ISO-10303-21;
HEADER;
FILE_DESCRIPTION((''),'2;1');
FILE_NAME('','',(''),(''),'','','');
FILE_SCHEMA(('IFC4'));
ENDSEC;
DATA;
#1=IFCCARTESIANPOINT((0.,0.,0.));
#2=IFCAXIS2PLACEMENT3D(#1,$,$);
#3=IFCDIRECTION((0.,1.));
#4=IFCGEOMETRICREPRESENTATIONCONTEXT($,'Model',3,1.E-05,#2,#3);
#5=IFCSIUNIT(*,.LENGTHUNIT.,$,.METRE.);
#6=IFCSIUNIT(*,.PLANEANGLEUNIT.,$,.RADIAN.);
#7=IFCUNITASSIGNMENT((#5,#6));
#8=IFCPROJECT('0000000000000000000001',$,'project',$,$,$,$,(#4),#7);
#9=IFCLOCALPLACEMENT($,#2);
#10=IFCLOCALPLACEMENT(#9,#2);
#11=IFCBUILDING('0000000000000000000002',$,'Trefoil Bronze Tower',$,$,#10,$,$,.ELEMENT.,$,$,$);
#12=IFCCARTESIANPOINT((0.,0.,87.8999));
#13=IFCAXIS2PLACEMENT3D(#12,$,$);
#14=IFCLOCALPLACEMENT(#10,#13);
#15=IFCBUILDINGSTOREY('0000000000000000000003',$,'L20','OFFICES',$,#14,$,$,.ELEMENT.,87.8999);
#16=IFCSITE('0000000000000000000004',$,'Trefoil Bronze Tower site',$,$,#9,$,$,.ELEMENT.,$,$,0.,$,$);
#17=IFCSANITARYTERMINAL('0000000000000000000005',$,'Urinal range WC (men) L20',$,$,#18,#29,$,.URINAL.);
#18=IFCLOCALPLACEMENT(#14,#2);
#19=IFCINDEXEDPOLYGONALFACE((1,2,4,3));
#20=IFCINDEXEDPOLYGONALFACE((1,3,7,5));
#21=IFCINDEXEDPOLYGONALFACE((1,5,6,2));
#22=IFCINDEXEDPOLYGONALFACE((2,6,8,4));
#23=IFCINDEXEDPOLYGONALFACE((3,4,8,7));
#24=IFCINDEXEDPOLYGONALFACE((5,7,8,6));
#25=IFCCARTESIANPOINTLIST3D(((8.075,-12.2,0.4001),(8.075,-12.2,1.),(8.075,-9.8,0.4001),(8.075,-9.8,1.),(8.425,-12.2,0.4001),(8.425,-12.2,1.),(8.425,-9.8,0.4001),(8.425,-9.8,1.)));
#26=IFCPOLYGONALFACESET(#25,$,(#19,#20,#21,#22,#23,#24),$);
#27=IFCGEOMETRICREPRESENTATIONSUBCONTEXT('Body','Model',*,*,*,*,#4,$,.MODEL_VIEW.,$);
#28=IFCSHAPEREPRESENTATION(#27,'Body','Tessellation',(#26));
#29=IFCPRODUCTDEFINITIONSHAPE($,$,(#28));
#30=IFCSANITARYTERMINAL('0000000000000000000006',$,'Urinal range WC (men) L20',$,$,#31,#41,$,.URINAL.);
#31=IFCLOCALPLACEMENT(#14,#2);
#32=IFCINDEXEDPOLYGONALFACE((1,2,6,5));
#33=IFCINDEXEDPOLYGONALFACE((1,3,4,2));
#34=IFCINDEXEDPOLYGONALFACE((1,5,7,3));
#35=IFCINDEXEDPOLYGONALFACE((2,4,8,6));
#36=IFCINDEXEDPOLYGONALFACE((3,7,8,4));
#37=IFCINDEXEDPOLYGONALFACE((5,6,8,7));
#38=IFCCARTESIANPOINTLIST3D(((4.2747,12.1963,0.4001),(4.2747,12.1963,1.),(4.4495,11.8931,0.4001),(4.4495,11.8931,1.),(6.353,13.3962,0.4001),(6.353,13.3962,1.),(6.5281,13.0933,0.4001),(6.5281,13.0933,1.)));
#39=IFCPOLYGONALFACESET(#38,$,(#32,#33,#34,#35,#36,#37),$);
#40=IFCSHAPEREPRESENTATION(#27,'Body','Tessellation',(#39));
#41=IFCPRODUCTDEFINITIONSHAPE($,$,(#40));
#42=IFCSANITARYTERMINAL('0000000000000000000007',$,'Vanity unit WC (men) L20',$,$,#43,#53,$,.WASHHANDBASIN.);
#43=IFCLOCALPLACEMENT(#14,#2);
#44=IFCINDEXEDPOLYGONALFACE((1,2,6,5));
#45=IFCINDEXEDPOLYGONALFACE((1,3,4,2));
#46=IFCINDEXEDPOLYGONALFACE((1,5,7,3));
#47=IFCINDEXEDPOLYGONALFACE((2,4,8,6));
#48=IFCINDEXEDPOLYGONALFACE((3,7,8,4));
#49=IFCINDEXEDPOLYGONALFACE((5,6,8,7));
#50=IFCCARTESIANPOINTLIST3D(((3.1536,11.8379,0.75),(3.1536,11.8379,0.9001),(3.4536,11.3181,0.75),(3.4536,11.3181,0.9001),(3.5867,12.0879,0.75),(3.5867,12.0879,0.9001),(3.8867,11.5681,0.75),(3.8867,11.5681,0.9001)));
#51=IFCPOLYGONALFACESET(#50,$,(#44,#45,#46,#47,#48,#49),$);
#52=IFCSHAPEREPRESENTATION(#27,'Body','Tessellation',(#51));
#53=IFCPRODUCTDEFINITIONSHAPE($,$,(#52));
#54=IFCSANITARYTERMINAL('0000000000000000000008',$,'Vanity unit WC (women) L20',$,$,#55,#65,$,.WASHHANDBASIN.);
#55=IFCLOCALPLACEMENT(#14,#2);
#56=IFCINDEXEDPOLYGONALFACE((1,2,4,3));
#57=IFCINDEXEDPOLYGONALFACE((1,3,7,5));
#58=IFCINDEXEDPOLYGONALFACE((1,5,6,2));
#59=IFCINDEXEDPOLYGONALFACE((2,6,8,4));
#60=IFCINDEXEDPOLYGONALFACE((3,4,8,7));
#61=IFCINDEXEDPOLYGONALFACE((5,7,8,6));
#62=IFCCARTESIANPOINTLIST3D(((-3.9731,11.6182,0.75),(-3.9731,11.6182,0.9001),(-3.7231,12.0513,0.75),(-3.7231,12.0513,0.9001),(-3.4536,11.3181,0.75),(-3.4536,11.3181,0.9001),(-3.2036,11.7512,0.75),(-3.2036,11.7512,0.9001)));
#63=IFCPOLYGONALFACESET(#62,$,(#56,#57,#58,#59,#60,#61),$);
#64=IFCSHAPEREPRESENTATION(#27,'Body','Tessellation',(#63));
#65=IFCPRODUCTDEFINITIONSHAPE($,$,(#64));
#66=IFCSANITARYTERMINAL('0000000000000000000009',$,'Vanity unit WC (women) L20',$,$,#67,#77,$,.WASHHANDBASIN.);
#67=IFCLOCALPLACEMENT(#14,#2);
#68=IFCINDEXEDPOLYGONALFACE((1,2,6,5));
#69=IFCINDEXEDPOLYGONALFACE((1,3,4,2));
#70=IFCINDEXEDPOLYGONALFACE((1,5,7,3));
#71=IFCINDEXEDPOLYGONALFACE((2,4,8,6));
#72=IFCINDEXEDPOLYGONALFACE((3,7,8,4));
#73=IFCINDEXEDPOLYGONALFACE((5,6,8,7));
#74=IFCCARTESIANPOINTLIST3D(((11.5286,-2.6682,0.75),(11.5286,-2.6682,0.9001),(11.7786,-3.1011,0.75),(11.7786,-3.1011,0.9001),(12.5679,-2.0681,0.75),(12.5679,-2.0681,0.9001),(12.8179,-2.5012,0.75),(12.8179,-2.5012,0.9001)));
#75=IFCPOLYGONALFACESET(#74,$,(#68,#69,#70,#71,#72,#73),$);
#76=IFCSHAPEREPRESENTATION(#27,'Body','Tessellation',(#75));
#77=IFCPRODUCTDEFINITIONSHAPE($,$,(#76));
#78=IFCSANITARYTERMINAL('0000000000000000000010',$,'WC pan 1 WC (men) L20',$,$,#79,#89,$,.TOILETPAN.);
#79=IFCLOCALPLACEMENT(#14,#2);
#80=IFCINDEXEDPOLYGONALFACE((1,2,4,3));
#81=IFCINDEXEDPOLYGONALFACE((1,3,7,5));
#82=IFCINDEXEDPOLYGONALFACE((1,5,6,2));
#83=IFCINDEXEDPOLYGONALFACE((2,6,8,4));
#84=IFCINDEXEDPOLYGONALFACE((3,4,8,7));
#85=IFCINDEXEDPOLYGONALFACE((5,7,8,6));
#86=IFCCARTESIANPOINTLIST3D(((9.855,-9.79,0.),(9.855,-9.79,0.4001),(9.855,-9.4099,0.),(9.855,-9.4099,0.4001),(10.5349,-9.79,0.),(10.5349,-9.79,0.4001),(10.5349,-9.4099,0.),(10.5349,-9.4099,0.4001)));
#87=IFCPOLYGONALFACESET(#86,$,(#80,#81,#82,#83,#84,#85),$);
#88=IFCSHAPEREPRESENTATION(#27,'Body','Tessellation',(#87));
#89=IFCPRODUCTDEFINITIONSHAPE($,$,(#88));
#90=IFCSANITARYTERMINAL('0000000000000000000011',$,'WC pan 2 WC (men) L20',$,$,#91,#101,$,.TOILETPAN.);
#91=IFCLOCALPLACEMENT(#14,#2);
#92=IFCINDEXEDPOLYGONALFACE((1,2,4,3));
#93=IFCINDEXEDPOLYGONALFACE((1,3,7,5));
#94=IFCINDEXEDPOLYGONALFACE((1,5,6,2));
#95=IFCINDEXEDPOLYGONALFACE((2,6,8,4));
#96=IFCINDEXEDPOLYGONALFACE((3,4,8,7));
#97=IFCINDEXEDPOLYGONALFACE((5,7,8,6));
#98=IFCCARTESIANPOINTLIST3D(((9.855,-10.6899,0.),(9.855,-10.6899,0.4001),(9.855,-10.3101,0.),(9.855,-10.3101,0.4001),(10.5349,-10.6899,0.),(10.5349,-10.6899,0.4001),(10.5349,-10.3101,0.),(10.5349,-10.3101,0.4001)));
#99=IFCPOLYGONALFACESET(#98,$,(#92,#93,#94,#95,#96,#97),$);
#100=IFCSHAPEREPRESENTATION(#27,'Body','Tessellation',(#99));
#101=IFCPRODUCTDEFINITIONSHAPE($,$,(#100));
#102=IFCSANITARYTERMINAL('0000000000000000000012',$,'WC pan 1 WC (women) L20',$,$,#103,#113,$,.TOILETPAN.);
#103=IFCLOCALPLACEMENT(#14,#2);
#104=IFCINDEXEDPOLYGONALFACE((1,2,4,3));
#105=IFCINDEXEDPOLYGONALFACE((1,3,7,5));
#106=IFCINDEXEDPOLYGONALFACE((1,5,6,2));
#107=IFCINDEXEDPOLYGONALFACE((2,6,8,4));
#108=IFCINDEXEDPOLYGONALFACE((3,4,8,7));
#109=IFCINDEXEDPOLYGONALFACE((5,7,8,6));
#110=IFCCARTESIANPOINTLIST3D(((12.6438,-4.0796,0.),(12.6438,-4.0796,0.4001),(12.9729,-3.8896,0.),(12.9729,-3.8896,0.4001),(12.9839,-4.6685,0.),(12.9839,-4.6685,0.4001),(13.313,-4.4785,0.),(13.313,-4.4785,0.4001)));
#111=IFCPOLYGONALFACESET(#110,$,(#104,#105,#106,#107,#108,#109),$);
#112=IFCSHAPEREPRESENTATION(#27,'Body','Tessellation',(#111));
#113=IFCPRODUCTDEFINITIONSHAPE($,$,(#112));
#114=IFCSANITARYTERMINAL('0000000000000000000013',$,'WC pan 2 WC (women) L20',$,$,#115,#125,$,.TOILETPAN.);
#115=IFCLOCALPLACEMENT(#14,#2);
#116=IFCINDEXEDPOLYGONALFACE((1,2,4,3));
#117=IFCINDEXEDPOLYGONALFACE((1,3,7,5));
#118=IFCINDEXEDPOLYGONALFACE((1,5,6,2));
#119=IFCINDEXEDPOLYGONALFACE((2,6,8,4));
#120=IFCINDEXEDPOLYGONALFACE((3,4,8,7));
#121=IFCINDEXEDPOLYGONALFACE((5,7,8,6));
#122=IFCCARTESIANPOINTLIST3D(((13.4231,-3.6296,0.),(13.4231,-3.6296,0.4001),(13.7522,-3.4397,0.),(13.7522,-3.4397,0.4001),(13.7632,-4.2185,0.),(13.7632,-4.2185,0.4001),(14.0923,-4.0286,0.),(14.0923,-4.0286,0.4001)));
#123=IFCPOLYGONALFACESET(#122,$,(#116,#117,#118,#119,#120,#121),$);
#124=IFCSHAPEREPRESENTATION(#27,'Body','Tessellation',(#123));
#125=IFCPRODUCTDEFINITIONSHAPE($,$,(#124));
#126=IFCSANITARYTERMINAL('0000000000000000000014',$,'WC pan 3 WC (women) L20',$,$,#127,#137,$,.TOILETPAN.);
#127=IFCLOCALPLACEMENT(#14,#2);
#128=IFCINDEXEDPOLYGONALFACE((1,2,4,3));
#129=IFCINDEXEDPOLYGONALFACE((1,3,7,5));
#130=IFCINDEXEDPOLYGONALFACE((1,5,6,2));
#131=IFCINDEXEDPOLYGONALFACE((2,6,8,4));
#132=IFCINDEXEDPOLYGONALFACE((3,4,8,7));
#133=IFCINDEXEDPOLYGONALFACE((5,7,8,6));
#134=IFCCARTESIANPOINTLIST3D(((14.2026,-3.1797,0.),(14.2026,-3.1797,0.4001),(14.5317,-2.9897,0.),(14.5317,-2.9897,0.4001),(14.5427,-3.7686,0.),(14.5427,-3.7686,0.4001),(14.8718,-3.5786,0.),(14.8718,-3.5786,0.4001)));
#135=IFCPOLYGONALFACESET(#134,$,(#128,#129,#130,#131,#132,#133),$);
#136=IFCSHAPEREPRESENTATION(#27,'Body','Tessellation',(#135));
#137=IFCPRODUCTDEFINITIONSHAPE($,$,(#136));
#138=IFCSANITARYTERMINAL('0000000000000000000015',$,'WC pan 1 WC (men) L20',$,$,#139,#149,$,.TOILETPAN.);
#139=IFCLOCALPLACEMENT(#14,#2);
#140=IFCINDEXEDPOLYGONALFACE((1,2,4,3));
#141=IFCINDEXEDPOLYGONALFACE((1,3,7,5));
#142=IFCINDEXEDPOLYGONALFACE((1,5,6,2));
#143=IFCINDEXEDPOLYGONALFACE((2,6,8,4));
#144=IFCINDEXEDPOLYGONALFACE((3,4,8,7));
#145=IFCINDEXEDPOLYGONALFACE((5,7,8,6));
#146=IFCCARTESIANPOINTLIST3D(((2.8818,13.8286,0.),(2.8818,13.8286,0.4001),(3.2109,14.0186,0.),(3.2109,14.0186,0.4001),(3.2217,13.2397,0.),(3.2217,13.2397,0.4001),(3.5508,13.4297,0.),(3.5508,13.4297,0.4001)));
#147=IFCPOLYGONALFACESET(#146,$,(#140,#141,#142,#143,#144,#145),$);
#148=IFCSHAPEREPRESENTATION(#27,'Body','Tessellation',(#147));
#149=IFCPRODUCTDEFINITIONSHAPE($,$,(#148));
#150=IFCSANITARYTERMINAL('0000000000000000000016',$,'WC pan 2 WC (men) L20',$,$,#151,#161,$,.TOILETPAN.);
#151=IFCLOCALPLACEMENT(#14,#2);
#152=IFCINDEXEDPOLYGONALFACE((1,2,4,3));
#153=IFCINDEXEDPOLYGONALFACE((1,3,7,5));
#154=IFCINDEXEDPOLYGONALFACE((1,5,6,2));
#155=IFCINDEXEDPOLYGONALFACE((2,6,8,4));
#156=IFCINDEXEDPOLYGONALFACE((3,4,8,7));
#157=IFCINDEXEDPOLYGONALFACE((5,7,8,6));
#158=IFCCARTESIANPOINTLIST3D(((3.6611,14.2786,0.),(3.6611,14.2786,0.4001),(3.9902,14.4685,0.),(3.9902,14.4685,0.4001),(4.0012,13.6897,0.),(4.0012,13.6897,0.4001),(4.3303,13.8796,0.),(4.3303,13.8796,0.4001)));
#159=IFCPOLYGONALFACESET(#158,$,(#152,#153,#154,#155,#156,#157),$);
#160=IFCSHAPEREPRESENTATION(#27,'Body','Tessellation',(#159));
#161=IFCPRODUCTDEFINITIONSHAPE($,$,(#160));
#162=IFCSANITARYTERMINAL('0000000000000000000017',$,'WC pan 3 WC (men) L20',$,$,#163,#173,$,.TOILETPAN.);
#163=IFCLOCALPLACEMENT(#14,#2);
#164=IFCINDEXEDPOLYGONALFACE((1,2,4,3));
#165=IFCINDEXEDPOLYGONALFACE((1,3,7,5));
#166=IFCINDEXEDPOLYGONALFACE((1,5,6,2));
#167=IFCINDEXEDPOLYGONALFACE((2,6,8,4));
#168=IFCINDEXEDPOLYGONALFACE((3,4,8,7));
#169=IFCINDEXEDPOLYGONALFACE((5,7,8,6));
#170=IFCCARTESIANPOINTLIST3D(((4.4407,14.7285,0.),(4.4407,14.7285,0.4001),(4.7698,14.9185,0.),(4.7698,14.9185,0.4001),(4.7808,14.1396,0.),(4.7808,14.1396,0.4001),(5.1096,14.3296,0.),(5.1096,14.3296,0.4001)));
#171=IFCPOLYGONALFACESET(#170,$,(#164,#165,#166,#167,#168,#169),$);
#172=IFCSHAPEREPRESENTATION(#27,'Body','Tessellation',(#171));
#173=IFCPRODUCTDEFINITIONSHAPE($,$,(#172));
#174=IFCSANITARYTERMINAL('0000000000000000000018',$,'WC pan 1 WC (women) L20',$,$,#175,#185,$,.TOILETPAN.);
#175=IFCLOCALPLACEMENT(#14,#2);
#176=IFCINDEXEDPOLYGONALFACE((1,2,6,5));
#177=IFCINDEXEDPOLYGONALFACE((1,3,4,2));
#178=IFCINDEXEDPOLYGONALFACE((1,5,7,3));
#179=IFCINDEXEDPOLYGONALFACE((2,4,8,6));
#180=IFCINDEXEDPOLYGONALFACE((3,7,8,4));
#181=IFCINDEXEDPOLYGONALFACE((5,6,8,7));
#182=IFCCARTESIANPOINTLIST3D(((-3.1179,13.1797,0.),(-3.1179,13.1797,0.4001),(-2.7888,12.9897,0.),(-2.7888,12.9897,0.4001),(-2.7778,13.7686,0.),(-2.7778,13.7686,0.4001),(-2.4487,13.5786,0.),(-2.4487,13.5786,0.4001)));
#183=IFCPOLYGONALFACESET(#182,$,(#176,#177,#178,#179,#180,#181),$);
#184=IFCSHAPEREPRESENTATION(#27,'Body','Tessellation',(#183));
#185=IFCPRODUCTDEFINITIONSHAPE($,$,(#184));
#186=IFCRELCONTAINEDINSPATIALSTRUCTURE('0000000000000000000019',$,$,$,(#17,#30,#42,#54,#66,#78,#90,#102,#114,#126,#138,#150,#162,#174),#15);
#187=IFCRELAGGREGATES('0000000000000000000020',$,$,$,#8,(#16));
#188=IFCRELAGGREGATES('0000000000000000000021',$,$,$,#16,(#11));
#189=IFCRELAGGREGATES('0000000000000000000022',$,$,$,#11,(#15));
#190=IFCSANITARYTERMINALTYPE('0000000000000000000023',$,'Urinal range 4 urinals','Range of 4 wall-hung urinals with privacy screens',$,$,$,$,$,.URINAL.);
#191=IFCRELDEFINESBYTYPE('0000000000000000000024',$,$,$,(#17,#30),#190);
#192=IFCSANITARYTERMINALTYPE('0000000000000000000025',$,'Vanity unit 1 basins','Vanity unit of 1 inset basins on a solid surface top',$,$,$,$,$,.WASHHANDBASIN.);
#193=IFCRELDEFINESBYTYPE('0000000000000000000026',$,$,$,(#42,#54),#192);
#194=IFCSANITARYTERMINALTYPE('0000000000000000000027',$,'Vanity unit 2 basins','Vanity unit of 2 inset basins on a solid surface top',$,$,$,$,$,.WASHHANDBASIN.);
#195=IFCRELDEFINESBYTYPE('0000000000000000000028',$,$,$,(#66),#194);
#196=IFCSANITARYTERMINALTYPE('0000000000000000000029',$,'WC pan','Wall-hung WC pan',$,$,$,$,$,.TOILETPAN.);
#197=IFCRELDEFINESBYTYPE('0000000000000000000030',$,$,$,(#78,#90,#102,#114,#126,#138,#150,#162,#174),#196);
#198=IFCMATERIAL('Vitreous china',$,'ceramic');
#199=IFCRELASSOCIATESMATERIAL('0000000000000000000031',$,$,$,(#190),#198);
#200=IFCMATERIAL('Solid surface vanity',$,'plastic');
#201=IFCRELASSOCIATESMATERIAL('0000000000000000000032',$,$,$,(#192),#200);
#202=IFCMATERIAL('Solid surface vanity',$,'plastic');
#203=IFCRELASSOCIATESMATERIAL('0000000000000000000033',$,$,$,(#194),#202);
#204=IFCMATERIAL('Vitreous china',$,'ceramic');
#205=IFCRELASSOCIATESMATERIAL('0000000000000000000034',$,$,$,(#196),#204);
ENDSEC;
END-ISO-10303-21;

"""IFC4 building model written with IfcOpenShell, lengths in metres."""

from ifc_helpers import new_model, si_unit, direction, frame, origin, place, context, subcontext, project, spatial, polyline, outline, extrude, material, type_object, element, save


model = new_model("IFC4")

# Units and contexts
model_context = context("Model", 3, precision=1e-05, world=origin(), true_north=direction((0.0, 1.0)))
body_context = subcontext(model_context, "Body", "Model", "MODEL_VIEW")
ifc_project = project(units=[si_unit("LENGTHUNIT", "METRE"), si_unit("PLANEANGLEUNIT", "RADIAN")], contexts=[model_context])

# Site, building, storey
site_placement = place(None, origin())
site = spatial("IfcSite", under=ifc_project, at=site_placement, Name="Trefoil Bronze Tower site", CompositionType="ELEMENT", RefElevation=0.0)
building_placement = place(site_placement, origin())
building = spatial("IfcBuilding", under=site, at=building_placement, Name="Trefoil Bronze Tower", CompositionType="ELEMENT")
storey_placement = place(building_placement, frame((0.0, 0.0, 87.8999)))
storey = spatial("IfcBuildingStorey", under=building, at=storey_placement, Name="L20", Description="OFFICES", CompositionType="ELEMENT", Elevation=87.8999)

# Sanitary terminals
ifc_material_1 = material(Name="Vitreous china", Category="ceramic")
sanitary_terminal_type_1 = type_object("IfcSanitaryTerminalType", Name="Urinal range 4 urinals", Description="Range of 4 wall-hung urinals with privacy screens", PredefinedType="URINAL", material=ifc_material_1)
sanitary_terminal_1_placement = place(storey_placement, frame((0.0, 0.0, 0.4001)))
element("IfcSanitaryTerminal", 1, at=sanitary_terminal_1_placement, inside=storey, type_object=sanitary_terminal_type_1, Name="Urinal range WC (men) L20", PredefinedType="URINAL", context=body_context, shape_type="SweptSolid", body=[
    extrude(outline(polyline([(8.075, -9.8), (8.425, -9.8), (8.425, -12.2), (8.075, -12.2), (8.075, -9.8)])), origin(), (0.0, 0.0, 1.0), 0.5999),
])
sanitary_terminal_2_placement = place(storey_placement, frame((0.0, 0.0, 0.4001)))
element("IfcSanitaryTerminal", 2, at=sanitary_terminal_2_placement, inside=storey, type_object=sanitary_terminal_type_1, Name="Urinal range WC (men) L20", PredefinedType="URINAL", context=body_context, shape_type="SweptSolid", body=[
    extrude(outline(polyline([(4.4495, 11.8931), (4.2747, 12.1963), (6.353, 13.3962), (6.5281, 13.0933), (4.4495, 11.8931)])), origin(), (0.0, 0.0, 1.0), 0.5999),
])
ifc_material_2 = material(Name="Solid surface vanity", Category="plastic")
sanitary_terminal_type_2 = type_object("IfcSanitaryTerminalType", Name="Vanity unit 1 basins", Description="Vanity unit of 1 inset basins on a solid surface top", PredefinedType="WASHHANDBASIN", material=ifc_material_2)
sanitary_terminal_3_placement = place(storey_placement, frame((0.0, 0.0, 0.75)))
element("IfcSanitaryTerminal", 3, at=sanitary_terminal_3_placement, inside=storey, type_object=sanitary_terminal_type_2, Name="Vanity unit WC (men) L20", PredefinedType="WASHHANDBASIN", context=body_context, shape_type="SweptSolid", body=[
    extrude(outline(polyline([(3.4536, 11.3181), (3.1536, 11.8379), (3.5867, 12.0879), (3.8867, 11.5681), (3.4536, 11.3181)])), origin(), (0.0, 0.0, 1.0), 0.1501),
])
sanitary_terminal_4_placement = place(storey_placement, frame((0.0, 0.0, 0.75)))
element("IfcSanitaryTerminal", 4, at=sanitary_terminal_4_placement, inside=storey, type_object=sanitary_terminal_type_2, Name="Vanity unit WC (women) L20", PredefinedType="WASHHANDBASIN", context=body_context, shape_type="SweptSolid", body=[
    extrude(outline(polyline([(-3.4536, 11.3181), (-3.2036, 11.7512), (-3.7231, 12.0513), (-3.9731, 11.6182), (-3.4536, 11.3181)])), origin(), (0.0, 0.0, 1.0), 0.1501),
])
ifc_material_3 = material(Name="Solid surface vanity", Category="plastic")
sanitary_terminal_type_3 = type_object("IfcSanitaryTerminalType", Name="Vanity unit 2 basins", Description="Vanity unit of 2 inset basins on a solid surface top", PredefinedType="WASHHANDBASIN", material=ifc_material_3)
sanitary_terminal_5_placement = place(storey_placement, frame((0.0, 0.0, 0.75)))
element("IfcSanitaryTerminal", 5, at=sanitary_terminal_5_placement, inside=storey, type_object=sanitary_terminal_type_3, Name="Vanity unit WC (women) L20", PredefinedType="WASHHANDBASIN", context=body_context, shape_type="SweptSolid", body=[
    extrude(outline(polyline([(11.5286, -2.6682), (11.7786, -3.1011), (12.8179, -2.5012), (12.5679, -2.0681), (11.5286, -2.6682)])), origin(), (0.0, 0.0, 1.0), 0.1501),
])
ifc_material_4 = material(Name="Vitreous china", Category="ceramic")
sanitary_terminal_type_4 = type_object("IfcSanitaryTerminalType", Name="WC pan", Description="Wall-hung WC pan", PredefinedType="TOILETPAN", material=ifc_material_4)
sanitary_terminal_6_placement = place(storey_placement, origin())
element("IfcSanitaryTerminal", 6, at=sanitary_terminal_6_placement, inside=storey, type_object=sanitary_terminal_type_4, Name="WC pan 1 WC (men) L20", PredefinedType="TOILETPAN", context=body_context, shape_type="SweptSolid", body=[
    extrude(outline(polyline([(9.855, -9.4099), (10.5349, -9.4099), (10.5349, -9.79), (9.855, -9.79), (9.855, -9.4099)])), origin(), (0.0, 0.0, 1.0), 0.4001),
])
sanitary_terminal_7_placement = place(storey_placement, origin())
element("IfcSanitaryTerminal", 7, at=sanitary_terminal_7_placement, inside=storey, type_object=sanitary_terminal_type_4, Name="WC pan 2 WC (men) L20", PredefinedType="TOILETPAN", context=body_context, shape_type="SweptSolid", body=[
    extrude(outline(polyline([(9.855, -10.3101), (10.5349, -10.3101), (10.5349, -10.6899), (9.855, -10.6899), (9.855, -10.3101)])), origin(), (0.0, 0.0, 1.0), 0.4001),
])
sanitary_terminal_8_placement = place(storey_placement, origin())
element("IfcSanitaryTerminal", 8, at=sanitary_terminal_8_placement, inside=storey, type_object=sanitary_terminal_type_4, Name="WC pan 1 WC (women) L20", PredefinedType="TOILETPAN", context=body_context, shape_type="SweptSolid", body=[
    extrude(outline(polyline([(12.6438, -4.0796), (12.9839, -4.6685), (13.313, -4.4785), (12.9729, -3.8896), (12.6438, -4.0796)])), origin(), (0.0, 0.0, 1.0), 0.4001),
])
sanitary_terminal_9_placement = place(storey_placement, origin())
element("IfcSanitaryTerminal", 9, at=sanitary_terminal_9_placement, inside=storey, type_object=sanitary_terminal_type_4, Name="WC pan 2 WC (women) L20", PredefinedType="TOILETPAN", context=body_context, shape_type="SweptSolid", body=[
    extrude(outline(polyline([(13.4231, -3.6296), (13.7632, -4.2185), (14.0923, -4.0286), (13.7522, -3.4397), (13.4231, -3.6296)])), origin(), (0.0, 0.0, 1.0), 0.4001),
])
sanitary_terminal_10_placement = place(storey_placement, origin())
element("IfcSanitaryTerminal", 10, at=sanitary_terminal_10_placement, inside=storey, type_object=sanitary_terminal_type_4, Name="WC pan 3 WC (women) L20", PredefinedType="TOILETPAN", context=body_context, shape_type="SweptSolid", body=[
    extrude(outline(polyline([(14.2026, -3.1797), (14.5427, -3.7686), (14.8718, -3.5786), (14.5317, -2.9897), (14.2026, -3.1797)])), origin(), (0.0, 0.0, 1.0), 0.4001),
])
sanitary_terminal_11_placement = place(storey_placement, origin())
element("IfcSanitaryTerminal", 11, at=sanitary_terminal_11_placement, inside=storey, type_object=sanitary_terminal_type_4, Name="WC pan 1 WC (men) L20", PredefinedType="TOILETPAN", context=body_context, shape_type="SweptSolid", body=[
    extrude(outline(polyline([(3.2217, 13.2397), (2.8818, 13.8286), (3.2109, 14.0186), (3.5508, 13.4297), (3.2217, 13.2397)])), origin(), (0.0, 0.0, 1.0), 0.4001),
])
sanitary_terminal_12_placement = place(storey_placement, origin())
element("IfcSanitaryTerminal", 12, at=sanitary_terminal_12_placement, inside=storey, type_object=sanitary_terminal_type_4, Name="WC pan 2 WC (men) L20", PredefinedType="TOILETPAN", context=body_context, shape_type="SweptSolid", body=[
    extrude(outline(polyline([(4.0012, 13.6897), (3.6611, 14.2786), (3.9902, 14.4685), (4.3303, 13.8796), (4.0012, 13.6897)])), origin(), (0.0, 0.0, 1.0), 0.4001),
])
sanitary_terminal_13_placement = place(storey_placement, origin())
element("IfcSanitaryTerminal", 13, at=sanitary_terminal_13_placement, inside=storey, type_object=sanitary_terminal_type_4, Name="WC pan 3 WC (men) L20", PredefinedType="TOILETPAN", context=body_context, shape_type="SweptSolid", body=[
    extrude(outline(polyline([(4.7808, 14.1396), (4.4407, 14.7285), (4.7698, 14.9185), (5.1096, 14.3296), (4.7808, 14.1396)])), origin(), (0.0, 0.0, 1.0), 0.4001),
])
sanitary_terminal_14_placement = place(storey_placement, origin())
element("IfcSanitaryTerminal", 14, at=sanitary_terminal_14_placement, inside=storey, type_object=sanitary_terminal_type_4, Name="WC pan 1 WC (women) L20", PredefinedType="TOILETPAN", context=body_context, shape_type="SweptSolid", body=[
    extrude(outline(polyline([(-2.7888, 12.9897), (-2.4487, 13.5786), (-2.7778, 13.7686), (-3.1179, 13.1797), (-2.7888, 12.9897)])), origin(), (0.0, 0.0, 1.0), 0.4001),
])

save(model, "model.ifc")
